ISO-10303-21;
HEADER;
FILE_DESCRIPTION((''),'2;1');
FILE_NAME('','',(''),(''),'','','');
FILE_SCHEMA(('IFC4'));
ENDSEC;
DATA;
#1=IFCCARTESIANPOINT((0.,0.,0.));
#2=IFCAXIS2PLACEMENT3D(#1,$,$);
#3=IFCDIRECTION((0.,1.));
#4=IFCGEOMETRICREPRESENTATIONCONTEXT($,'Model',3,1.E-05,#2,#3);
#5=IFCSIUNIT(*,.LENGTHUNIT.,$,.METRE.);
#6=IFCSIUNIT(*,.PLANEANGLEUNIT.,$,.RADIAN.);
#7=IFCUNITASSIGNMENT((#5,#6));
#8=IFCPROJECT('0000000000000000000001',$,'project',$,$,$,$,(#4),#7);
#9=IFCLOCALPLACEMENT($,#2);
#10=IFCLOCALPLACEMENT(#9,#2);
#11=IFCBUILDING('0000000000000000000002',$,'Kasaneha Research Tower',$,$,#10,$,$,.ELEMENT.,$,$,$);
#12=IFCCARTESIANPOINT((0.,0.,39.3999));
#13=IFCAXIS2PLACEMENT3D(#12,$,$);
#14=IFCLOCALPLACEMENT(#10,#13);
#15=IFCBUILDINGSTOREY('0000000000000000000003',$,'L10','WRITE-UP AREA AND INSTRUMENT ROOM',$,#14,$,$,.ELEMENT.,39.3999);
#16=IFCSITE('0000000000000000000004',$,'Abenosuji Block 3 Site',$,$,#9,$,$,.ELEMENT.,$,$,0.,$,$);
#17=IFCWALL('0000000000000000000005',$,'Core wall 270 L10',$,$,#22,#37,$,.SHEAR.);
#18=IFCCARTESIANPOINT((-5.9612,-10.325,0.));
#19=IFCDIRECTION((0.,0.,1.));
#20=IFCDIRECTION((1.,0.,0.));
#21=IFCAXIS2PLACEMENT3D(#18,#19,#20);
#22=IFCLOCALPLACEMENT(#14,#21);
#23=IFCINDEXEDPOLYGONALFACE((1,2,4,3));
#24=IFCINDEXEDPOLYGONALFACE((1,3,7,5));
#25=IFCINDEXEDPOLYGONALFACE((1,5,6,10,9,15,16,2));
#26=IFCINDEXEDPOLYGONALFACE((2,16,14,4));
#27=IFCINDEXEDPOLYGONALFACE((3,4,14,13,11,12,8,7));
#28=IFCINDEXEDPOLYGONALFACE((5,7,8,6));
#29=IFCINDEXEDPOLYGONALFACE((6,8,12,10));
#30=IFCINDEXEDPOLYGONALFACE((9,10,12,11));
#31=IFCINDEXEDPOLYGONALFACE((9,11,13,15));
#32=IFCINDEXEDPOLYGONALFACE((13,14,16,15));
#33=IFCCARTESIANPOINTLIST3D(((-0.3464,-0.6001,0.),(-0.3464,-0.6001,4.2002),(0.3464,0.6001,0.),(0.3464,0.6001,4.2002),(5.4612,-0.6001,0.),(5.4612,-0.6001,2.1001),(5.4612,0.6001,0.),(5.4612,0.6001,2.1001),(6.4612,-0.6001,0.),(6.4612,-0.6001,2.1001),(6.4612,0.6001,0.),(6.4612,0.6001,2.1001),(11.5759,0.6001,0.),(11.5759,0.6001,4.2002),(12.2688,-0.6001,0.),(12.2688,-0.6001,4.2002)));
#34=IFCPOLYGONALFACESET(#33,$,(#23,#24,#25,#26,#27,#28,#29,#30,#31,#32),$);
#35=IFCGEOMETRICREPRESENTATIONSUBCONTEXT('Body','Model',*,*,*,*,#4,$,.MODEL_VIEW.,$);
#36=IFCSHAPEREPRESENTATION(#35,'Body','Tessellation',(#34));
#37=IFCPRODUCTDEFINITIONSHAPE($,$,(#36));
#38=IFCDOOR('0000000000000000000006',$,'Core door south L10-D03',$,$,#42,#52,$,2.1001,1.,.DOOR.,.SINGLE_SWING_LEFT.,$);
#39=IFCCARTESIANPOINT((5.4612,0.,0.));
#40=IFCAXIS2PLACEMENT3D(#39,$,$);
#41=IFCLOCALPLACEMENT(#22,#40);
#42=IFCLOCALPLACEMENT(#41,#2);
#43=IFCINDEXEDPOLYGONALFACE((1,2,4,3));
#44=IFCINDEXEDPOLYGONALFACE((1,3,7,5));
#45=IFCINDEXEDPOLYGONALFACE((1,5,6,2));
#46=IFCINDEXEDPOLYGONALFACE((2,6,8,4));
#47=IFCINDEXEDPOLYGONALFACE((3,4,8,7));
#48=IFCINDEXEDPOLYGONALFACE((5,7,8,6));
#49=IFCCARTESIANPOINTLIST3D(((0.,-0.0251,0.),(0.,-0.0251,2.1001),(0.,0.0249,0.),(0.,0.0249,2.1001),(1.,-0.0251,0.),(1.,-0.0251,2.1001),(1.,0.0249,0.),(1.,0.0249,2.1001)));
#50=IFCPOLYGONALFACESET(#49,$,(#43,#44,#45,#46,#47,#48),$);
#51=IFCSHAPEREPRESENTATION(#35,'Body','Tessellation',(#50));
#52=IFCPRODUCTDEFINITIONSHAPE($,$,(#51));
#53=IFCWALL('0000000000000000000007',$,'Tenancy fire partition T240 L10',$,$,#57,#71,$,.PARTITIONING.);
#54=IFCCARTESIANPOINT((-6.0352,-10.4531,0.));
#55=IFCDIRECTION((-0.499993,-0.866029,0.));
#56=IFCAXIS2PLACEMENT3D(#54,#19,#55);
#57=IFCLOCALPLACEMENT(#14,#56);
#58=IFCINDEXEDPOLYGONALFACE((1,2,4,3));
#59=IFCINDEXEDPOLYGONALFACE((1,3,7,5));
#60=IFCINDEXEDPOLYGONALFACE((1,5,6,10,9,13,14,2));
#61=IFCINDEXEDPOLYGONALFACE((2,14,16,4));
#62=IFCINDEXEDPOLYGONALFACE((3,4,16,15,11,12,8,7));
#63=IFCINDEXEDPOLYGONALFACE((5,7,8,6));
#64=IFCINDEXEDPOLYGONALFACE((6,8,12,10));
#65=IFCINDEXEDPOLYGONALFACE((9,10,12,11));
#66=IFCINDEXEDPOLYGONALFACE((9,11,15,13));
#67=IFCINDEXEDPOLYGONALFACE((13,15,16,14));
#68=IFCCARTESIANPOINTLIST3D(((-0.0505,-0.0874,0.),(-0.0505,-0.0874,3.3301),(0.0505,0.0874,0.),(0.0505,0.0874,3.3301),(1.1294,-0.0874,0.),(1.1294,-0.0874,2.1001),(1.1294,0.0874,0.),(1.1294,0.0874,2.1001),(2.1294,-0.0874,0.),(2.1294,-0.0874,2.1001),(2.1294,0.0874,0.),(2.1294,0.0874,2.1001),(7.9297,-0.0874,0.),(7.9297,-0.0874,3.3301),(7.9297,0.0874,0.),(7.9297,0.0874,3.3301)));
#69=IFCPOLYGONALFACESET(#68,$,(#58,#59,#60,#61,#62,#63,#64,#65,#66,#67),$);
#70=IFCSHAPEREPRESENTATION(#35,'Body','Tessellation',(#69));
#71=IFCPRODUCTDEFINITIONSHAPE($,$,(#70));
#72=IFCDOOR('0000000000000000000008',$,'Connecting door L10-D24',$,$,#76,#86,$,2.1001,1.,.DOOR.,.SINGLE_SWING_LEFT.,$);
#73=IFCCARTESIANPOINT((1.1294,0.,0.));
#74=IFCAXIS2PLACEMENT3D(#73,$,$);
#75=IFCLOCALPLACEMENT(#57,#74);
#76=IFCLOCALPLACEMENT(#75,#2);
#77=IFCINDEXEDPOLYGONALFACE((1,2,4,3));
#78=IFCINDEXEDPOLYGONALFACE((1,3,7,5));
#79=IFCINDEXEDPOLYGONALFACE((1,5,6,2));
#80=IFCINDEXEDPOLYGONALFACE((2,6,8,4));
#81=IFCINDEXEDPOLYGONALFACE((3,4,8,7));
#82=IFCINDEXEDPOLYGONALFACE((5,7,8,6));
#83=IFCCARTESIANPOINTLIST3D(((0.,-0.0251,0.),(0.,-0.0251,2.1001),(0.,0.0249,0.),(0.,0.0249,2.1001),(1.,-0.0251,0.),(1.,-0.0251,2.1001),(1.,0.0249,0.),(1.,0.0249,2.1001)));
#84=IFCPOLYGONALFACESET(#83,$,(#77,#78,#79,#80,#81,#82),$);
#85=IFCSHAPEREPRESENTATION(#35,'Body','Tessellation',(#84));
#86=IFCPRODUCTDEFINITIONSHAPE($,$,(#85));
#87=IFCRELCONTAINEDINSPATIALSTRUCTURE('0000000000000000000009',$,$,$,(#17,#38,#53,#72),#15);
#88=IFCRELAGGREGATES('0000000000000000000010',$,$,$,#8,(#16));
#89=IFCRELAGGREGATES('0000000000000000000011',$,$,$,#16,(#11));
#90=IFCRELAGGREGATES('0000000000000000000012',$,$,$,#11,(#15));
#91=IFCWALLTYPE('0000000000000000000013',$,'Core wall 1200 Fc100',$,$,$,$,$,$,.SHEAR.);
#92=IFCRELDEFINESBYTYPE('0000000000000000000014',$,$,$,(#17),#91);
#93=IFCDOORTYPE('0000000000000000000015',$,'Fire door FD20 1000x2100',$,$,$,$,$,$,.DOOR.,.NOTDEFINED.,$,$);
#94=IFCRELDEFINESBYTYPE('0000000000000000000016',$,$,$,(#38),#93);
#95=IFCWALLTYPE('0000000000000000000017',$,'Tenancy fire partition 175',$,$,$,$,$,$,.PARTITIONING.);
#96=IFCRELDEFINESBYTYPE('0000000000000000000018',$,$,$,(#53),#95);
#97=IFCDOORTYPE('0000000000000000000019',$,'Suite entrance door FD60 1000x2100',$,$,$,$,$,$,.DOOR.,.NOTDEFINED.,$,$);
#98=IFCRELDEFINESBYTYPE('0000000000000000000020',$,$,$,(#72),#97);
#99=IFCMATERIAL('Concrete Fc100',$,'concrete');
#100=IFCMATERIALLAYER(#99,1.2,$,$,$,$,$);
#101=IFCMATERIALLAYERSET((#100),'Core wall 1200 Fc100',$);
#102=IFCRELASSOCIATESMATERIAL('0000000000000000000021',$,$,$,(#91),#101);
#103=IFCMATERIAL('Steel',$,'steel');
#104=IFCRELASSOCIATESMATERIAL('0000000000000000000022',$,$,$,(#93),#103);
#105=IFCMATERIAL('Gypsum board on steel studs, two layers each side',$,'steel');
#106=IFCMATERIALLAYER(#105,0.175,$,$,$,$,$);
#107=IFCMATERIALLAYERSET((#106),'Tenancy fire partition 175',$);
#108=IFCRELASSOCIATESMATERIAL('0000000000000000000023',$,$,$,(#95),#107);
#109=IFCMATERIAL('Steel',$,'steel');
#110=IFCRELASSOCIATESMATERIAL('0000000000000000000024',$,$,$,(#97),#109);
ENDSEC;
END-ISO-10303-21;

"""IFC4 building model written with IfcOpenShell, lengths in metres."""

from ifc_helpers import new_model, si_unit, direction, frame, frame_2d, origin, place, context, subcontext, project, spatial, polyline, rectangle, outline, extrude, material, layer, layer_set, type_object, element, fill, save


model = new_model("IFC4")

# Units and contexts
model_context = context("Model", 3, precision=1e-05, world=origin(), true_north=direction((0.0, 1.0)))
body_context = subcontext(model_context, "Body", "Model", "MODEL_VIEW")
ifc_project = project(units=[si_unit("LENGTHUNIT", "METRE"), si_unit("PLANEANGLEUNIT", "RADIAN")], contexts=[model_context])

# Site, building, storey
site_placement = place(None, origin())
site = spatial("IfcSite", under=ifc_project, at=site_placement, Name="Abenosuji Block 3 Site", CompositionType="ELEMENT", RefElevation=0.0)
building_placement = place(site_placement, origin())
building = spatial("IfcBuilding", under=site, at=building_placement, Name="Kasaneha Research Tower", CompositionType="ELEMENT")
storey_placement = place(building_placement, frame((0.0, 0.0, 39.3999)))
storey = spatial("IfcBuildingStorey", under=building, at=storey_placement, Name="L10", Description="WRITE-UP AREA AND INSTRUMENT ROOM", CompositionType="ELEMENT", Elevation=39.3999)

# Walls, openings, doors
ifc_material_1 = material(Name="Concrete Fc100", Category="concrete")
ifc_layer_1 = layer(ifc_material_1, 1.2)
ifc_layer_set_1 = layer_set([ifc_layer_1], Name="Core wall 1200 Fc100")
wall_type_1 = type_object("IfcWallType", Name="Core wall 1200 Fc100", PredefinedType="SHEAR", material=ifc_layer_set_1)
wall_1_placement = place(storey_placement, frame((-5.9612, -10.325, 0.0), z_axis=(0.0, 0.0, 1.0), x_axis=(1.0, 0.0, 0.0)))
wall_1 = element("IfcWall", 1, at=wall_1_placement, inside=storey, type_object=wall_type_1, Name="Core wall 270 L10", PredefinedType="SHEAR", context=body_context, shape_type="SweptSolid", body=[
    extrude(outline(polyline([(-0.3464, -0.6001), (5.4612, -0.6001), (6.4612, -0.6001), (12.2688, -0.6001), (11.5759, 0.6001), (6.4612, 0.6001), (5.4612, 0.6001), (0.3464, 0.6001), (-0.3464, -0.6001)])), origin(), (0.0, 0.0, 1.0), 4.2002),
])
opening_1_placement = place(wall_1_placement, frame((5.4612, 0.0, 0.0)))
opening_1 = element("IfcOpeningElement", 2, at=opening_1_placement, cuts=wall_1, PredefinedType="OPENING", context=body_context, shape_type="SweptSolid", body=[
    extrude(rectangle(XDim=1.0, YDim=2.1001, at=frame_2d((0.5, 1.05))), frame((0.0, 0.6099, 0.0), z_axis=(0.0, -1.0, 0.0), x_axis=(1.0, 0.0, 0.0)), (0.0, 0.0, 1.0), 1.22),
])
ifc_material_2 = material(Name="Steel", Category="steel")
door_type_1 = type_object("IfcDoorType", Name="Fire door FD20 1000x2100", OperationType="NOTDEFINED", PredefinedType="DOOR", material=ifc_material_2)
door_1_placement = place(opening_1_placement, origin())
door_1 = element("IfcDoor", 3, at=door_1_placement, inside=storey, type_object=door_type_1, Name="Core door south L10-D03", OperationType="SINGLE_SWING_LEFT", OverallHeight=2.1001, OverallWidth=1.0, PredefinedType="DOOR", context=body_context, shape_type="SweptSolid", body=[
    extrude(rectangle(XDim=1.0, YDim=2.1001, at=frame_2d((0.5, 1.05))), frame((0.0, 0.0249, 0.0), z_axis=(0.0, -1.0, 0.0), x_axis=(1.0, 0.0, 0.0)), (0.0, 0.0, 1.0), 0.05),
])
fill(opening_1, door_1)
ifc_material_3 = material(Name="Gypsum board on steel studs, two layers each side", Category="steel")
ifc_layer_2 = layer(ifc_material_3, 0.175)
ifc_layer_set_2 = layer_set([ifc_layer_2], Name="Tenancy fire partition 175")
wall_type_2 = type_object("IfcWallType", Name="Tenancy fire partition 175", PredefinedType="PARTITIONING", material=ifc_layer_set_2)
wall_2_placement = place(storey_placement, frame((-6.0352, -10.4531, 0.0), z_axis=(0.0, 0.0, 1.0), x_axis=(-0.499993, -0.866029, 0.0)))
wall_2 = element("IfcWall", 4, at=wall_2_placement, inside=storey, type_object=wall_type_2, Name="Tenancy fire partition T240 L10", PredefinedType="PARTITIONING", context=body_context, shape_type="SweptSolid", body=[
    extrude(outline(polyline([(-0.0505, -0.0874), (1.1294, -0.0874), (2.1294, -0.0874), (7.9297, -0.0874), (7.9297, 0.0874), (2.1294, 0.0874), (1.1294, 0.0874), (0.0505, 0.0874), (-0.0505, -0.0874)])), origin(), (0.0, 0.0, 1.0), 3.3301),
])
opening_2_placement = place(wall_2_placement, frame((1.1294, 0.0, 0.0)))
opening_2 = element("IfcOpeningElement", 5, at=opening_2_placement, cuts=wall_2, PredefinedType="OPENING", context=body_context, shape_type="SweptSolid", body=[
    extrude(rectangle(XDim=1.0, YDim=2.1001, at=frame_2d((0.5, 1.05))), frame((0.0, 0.0977, 0.0), z_axis=(0.0, -1.0, 0.0), x_axis=(1.0, 0.0, 0.0)), (0.0, 0.0, 1.0), 0.1951),
])
ifc_material_4 = material(Name="Steel", Category="steel")
door_type_2 = type_object("IfcDoorType", Name="Suite entrance door FD60 1000x2100", OperationType="NOTDEFINED", PredefinedType="DOOR", material=ifc_material_4)
door_2_placement = place(opening_2_placement, origin())
door_2 = element("IfcDoor", 6, at=door_2_placement, inside=storey, type_object=door_type_2, Name="Connecting door L10-D24", OperationType="SINGLE_SWING_LEFT", OverallHeight=2.1001, OverallWidth=1.0, PredefinedType="DOOR", context=body_context, shape_type="SweptSolid", body=[
    extrude(rectangle(XDim=1.0, YDim=2.1001, at=frame_2d((0.5, 1.05))), frame((0.0, 0.0249, 0.0), z_axis=(0.0, -1.0, 0.0), x_axis=(1.0, 0.0, 0.0)), (0.0, 0.0, 1.0), 0.05),
])
fill(opening_2, door_2)

save(model, "model.ifc")
